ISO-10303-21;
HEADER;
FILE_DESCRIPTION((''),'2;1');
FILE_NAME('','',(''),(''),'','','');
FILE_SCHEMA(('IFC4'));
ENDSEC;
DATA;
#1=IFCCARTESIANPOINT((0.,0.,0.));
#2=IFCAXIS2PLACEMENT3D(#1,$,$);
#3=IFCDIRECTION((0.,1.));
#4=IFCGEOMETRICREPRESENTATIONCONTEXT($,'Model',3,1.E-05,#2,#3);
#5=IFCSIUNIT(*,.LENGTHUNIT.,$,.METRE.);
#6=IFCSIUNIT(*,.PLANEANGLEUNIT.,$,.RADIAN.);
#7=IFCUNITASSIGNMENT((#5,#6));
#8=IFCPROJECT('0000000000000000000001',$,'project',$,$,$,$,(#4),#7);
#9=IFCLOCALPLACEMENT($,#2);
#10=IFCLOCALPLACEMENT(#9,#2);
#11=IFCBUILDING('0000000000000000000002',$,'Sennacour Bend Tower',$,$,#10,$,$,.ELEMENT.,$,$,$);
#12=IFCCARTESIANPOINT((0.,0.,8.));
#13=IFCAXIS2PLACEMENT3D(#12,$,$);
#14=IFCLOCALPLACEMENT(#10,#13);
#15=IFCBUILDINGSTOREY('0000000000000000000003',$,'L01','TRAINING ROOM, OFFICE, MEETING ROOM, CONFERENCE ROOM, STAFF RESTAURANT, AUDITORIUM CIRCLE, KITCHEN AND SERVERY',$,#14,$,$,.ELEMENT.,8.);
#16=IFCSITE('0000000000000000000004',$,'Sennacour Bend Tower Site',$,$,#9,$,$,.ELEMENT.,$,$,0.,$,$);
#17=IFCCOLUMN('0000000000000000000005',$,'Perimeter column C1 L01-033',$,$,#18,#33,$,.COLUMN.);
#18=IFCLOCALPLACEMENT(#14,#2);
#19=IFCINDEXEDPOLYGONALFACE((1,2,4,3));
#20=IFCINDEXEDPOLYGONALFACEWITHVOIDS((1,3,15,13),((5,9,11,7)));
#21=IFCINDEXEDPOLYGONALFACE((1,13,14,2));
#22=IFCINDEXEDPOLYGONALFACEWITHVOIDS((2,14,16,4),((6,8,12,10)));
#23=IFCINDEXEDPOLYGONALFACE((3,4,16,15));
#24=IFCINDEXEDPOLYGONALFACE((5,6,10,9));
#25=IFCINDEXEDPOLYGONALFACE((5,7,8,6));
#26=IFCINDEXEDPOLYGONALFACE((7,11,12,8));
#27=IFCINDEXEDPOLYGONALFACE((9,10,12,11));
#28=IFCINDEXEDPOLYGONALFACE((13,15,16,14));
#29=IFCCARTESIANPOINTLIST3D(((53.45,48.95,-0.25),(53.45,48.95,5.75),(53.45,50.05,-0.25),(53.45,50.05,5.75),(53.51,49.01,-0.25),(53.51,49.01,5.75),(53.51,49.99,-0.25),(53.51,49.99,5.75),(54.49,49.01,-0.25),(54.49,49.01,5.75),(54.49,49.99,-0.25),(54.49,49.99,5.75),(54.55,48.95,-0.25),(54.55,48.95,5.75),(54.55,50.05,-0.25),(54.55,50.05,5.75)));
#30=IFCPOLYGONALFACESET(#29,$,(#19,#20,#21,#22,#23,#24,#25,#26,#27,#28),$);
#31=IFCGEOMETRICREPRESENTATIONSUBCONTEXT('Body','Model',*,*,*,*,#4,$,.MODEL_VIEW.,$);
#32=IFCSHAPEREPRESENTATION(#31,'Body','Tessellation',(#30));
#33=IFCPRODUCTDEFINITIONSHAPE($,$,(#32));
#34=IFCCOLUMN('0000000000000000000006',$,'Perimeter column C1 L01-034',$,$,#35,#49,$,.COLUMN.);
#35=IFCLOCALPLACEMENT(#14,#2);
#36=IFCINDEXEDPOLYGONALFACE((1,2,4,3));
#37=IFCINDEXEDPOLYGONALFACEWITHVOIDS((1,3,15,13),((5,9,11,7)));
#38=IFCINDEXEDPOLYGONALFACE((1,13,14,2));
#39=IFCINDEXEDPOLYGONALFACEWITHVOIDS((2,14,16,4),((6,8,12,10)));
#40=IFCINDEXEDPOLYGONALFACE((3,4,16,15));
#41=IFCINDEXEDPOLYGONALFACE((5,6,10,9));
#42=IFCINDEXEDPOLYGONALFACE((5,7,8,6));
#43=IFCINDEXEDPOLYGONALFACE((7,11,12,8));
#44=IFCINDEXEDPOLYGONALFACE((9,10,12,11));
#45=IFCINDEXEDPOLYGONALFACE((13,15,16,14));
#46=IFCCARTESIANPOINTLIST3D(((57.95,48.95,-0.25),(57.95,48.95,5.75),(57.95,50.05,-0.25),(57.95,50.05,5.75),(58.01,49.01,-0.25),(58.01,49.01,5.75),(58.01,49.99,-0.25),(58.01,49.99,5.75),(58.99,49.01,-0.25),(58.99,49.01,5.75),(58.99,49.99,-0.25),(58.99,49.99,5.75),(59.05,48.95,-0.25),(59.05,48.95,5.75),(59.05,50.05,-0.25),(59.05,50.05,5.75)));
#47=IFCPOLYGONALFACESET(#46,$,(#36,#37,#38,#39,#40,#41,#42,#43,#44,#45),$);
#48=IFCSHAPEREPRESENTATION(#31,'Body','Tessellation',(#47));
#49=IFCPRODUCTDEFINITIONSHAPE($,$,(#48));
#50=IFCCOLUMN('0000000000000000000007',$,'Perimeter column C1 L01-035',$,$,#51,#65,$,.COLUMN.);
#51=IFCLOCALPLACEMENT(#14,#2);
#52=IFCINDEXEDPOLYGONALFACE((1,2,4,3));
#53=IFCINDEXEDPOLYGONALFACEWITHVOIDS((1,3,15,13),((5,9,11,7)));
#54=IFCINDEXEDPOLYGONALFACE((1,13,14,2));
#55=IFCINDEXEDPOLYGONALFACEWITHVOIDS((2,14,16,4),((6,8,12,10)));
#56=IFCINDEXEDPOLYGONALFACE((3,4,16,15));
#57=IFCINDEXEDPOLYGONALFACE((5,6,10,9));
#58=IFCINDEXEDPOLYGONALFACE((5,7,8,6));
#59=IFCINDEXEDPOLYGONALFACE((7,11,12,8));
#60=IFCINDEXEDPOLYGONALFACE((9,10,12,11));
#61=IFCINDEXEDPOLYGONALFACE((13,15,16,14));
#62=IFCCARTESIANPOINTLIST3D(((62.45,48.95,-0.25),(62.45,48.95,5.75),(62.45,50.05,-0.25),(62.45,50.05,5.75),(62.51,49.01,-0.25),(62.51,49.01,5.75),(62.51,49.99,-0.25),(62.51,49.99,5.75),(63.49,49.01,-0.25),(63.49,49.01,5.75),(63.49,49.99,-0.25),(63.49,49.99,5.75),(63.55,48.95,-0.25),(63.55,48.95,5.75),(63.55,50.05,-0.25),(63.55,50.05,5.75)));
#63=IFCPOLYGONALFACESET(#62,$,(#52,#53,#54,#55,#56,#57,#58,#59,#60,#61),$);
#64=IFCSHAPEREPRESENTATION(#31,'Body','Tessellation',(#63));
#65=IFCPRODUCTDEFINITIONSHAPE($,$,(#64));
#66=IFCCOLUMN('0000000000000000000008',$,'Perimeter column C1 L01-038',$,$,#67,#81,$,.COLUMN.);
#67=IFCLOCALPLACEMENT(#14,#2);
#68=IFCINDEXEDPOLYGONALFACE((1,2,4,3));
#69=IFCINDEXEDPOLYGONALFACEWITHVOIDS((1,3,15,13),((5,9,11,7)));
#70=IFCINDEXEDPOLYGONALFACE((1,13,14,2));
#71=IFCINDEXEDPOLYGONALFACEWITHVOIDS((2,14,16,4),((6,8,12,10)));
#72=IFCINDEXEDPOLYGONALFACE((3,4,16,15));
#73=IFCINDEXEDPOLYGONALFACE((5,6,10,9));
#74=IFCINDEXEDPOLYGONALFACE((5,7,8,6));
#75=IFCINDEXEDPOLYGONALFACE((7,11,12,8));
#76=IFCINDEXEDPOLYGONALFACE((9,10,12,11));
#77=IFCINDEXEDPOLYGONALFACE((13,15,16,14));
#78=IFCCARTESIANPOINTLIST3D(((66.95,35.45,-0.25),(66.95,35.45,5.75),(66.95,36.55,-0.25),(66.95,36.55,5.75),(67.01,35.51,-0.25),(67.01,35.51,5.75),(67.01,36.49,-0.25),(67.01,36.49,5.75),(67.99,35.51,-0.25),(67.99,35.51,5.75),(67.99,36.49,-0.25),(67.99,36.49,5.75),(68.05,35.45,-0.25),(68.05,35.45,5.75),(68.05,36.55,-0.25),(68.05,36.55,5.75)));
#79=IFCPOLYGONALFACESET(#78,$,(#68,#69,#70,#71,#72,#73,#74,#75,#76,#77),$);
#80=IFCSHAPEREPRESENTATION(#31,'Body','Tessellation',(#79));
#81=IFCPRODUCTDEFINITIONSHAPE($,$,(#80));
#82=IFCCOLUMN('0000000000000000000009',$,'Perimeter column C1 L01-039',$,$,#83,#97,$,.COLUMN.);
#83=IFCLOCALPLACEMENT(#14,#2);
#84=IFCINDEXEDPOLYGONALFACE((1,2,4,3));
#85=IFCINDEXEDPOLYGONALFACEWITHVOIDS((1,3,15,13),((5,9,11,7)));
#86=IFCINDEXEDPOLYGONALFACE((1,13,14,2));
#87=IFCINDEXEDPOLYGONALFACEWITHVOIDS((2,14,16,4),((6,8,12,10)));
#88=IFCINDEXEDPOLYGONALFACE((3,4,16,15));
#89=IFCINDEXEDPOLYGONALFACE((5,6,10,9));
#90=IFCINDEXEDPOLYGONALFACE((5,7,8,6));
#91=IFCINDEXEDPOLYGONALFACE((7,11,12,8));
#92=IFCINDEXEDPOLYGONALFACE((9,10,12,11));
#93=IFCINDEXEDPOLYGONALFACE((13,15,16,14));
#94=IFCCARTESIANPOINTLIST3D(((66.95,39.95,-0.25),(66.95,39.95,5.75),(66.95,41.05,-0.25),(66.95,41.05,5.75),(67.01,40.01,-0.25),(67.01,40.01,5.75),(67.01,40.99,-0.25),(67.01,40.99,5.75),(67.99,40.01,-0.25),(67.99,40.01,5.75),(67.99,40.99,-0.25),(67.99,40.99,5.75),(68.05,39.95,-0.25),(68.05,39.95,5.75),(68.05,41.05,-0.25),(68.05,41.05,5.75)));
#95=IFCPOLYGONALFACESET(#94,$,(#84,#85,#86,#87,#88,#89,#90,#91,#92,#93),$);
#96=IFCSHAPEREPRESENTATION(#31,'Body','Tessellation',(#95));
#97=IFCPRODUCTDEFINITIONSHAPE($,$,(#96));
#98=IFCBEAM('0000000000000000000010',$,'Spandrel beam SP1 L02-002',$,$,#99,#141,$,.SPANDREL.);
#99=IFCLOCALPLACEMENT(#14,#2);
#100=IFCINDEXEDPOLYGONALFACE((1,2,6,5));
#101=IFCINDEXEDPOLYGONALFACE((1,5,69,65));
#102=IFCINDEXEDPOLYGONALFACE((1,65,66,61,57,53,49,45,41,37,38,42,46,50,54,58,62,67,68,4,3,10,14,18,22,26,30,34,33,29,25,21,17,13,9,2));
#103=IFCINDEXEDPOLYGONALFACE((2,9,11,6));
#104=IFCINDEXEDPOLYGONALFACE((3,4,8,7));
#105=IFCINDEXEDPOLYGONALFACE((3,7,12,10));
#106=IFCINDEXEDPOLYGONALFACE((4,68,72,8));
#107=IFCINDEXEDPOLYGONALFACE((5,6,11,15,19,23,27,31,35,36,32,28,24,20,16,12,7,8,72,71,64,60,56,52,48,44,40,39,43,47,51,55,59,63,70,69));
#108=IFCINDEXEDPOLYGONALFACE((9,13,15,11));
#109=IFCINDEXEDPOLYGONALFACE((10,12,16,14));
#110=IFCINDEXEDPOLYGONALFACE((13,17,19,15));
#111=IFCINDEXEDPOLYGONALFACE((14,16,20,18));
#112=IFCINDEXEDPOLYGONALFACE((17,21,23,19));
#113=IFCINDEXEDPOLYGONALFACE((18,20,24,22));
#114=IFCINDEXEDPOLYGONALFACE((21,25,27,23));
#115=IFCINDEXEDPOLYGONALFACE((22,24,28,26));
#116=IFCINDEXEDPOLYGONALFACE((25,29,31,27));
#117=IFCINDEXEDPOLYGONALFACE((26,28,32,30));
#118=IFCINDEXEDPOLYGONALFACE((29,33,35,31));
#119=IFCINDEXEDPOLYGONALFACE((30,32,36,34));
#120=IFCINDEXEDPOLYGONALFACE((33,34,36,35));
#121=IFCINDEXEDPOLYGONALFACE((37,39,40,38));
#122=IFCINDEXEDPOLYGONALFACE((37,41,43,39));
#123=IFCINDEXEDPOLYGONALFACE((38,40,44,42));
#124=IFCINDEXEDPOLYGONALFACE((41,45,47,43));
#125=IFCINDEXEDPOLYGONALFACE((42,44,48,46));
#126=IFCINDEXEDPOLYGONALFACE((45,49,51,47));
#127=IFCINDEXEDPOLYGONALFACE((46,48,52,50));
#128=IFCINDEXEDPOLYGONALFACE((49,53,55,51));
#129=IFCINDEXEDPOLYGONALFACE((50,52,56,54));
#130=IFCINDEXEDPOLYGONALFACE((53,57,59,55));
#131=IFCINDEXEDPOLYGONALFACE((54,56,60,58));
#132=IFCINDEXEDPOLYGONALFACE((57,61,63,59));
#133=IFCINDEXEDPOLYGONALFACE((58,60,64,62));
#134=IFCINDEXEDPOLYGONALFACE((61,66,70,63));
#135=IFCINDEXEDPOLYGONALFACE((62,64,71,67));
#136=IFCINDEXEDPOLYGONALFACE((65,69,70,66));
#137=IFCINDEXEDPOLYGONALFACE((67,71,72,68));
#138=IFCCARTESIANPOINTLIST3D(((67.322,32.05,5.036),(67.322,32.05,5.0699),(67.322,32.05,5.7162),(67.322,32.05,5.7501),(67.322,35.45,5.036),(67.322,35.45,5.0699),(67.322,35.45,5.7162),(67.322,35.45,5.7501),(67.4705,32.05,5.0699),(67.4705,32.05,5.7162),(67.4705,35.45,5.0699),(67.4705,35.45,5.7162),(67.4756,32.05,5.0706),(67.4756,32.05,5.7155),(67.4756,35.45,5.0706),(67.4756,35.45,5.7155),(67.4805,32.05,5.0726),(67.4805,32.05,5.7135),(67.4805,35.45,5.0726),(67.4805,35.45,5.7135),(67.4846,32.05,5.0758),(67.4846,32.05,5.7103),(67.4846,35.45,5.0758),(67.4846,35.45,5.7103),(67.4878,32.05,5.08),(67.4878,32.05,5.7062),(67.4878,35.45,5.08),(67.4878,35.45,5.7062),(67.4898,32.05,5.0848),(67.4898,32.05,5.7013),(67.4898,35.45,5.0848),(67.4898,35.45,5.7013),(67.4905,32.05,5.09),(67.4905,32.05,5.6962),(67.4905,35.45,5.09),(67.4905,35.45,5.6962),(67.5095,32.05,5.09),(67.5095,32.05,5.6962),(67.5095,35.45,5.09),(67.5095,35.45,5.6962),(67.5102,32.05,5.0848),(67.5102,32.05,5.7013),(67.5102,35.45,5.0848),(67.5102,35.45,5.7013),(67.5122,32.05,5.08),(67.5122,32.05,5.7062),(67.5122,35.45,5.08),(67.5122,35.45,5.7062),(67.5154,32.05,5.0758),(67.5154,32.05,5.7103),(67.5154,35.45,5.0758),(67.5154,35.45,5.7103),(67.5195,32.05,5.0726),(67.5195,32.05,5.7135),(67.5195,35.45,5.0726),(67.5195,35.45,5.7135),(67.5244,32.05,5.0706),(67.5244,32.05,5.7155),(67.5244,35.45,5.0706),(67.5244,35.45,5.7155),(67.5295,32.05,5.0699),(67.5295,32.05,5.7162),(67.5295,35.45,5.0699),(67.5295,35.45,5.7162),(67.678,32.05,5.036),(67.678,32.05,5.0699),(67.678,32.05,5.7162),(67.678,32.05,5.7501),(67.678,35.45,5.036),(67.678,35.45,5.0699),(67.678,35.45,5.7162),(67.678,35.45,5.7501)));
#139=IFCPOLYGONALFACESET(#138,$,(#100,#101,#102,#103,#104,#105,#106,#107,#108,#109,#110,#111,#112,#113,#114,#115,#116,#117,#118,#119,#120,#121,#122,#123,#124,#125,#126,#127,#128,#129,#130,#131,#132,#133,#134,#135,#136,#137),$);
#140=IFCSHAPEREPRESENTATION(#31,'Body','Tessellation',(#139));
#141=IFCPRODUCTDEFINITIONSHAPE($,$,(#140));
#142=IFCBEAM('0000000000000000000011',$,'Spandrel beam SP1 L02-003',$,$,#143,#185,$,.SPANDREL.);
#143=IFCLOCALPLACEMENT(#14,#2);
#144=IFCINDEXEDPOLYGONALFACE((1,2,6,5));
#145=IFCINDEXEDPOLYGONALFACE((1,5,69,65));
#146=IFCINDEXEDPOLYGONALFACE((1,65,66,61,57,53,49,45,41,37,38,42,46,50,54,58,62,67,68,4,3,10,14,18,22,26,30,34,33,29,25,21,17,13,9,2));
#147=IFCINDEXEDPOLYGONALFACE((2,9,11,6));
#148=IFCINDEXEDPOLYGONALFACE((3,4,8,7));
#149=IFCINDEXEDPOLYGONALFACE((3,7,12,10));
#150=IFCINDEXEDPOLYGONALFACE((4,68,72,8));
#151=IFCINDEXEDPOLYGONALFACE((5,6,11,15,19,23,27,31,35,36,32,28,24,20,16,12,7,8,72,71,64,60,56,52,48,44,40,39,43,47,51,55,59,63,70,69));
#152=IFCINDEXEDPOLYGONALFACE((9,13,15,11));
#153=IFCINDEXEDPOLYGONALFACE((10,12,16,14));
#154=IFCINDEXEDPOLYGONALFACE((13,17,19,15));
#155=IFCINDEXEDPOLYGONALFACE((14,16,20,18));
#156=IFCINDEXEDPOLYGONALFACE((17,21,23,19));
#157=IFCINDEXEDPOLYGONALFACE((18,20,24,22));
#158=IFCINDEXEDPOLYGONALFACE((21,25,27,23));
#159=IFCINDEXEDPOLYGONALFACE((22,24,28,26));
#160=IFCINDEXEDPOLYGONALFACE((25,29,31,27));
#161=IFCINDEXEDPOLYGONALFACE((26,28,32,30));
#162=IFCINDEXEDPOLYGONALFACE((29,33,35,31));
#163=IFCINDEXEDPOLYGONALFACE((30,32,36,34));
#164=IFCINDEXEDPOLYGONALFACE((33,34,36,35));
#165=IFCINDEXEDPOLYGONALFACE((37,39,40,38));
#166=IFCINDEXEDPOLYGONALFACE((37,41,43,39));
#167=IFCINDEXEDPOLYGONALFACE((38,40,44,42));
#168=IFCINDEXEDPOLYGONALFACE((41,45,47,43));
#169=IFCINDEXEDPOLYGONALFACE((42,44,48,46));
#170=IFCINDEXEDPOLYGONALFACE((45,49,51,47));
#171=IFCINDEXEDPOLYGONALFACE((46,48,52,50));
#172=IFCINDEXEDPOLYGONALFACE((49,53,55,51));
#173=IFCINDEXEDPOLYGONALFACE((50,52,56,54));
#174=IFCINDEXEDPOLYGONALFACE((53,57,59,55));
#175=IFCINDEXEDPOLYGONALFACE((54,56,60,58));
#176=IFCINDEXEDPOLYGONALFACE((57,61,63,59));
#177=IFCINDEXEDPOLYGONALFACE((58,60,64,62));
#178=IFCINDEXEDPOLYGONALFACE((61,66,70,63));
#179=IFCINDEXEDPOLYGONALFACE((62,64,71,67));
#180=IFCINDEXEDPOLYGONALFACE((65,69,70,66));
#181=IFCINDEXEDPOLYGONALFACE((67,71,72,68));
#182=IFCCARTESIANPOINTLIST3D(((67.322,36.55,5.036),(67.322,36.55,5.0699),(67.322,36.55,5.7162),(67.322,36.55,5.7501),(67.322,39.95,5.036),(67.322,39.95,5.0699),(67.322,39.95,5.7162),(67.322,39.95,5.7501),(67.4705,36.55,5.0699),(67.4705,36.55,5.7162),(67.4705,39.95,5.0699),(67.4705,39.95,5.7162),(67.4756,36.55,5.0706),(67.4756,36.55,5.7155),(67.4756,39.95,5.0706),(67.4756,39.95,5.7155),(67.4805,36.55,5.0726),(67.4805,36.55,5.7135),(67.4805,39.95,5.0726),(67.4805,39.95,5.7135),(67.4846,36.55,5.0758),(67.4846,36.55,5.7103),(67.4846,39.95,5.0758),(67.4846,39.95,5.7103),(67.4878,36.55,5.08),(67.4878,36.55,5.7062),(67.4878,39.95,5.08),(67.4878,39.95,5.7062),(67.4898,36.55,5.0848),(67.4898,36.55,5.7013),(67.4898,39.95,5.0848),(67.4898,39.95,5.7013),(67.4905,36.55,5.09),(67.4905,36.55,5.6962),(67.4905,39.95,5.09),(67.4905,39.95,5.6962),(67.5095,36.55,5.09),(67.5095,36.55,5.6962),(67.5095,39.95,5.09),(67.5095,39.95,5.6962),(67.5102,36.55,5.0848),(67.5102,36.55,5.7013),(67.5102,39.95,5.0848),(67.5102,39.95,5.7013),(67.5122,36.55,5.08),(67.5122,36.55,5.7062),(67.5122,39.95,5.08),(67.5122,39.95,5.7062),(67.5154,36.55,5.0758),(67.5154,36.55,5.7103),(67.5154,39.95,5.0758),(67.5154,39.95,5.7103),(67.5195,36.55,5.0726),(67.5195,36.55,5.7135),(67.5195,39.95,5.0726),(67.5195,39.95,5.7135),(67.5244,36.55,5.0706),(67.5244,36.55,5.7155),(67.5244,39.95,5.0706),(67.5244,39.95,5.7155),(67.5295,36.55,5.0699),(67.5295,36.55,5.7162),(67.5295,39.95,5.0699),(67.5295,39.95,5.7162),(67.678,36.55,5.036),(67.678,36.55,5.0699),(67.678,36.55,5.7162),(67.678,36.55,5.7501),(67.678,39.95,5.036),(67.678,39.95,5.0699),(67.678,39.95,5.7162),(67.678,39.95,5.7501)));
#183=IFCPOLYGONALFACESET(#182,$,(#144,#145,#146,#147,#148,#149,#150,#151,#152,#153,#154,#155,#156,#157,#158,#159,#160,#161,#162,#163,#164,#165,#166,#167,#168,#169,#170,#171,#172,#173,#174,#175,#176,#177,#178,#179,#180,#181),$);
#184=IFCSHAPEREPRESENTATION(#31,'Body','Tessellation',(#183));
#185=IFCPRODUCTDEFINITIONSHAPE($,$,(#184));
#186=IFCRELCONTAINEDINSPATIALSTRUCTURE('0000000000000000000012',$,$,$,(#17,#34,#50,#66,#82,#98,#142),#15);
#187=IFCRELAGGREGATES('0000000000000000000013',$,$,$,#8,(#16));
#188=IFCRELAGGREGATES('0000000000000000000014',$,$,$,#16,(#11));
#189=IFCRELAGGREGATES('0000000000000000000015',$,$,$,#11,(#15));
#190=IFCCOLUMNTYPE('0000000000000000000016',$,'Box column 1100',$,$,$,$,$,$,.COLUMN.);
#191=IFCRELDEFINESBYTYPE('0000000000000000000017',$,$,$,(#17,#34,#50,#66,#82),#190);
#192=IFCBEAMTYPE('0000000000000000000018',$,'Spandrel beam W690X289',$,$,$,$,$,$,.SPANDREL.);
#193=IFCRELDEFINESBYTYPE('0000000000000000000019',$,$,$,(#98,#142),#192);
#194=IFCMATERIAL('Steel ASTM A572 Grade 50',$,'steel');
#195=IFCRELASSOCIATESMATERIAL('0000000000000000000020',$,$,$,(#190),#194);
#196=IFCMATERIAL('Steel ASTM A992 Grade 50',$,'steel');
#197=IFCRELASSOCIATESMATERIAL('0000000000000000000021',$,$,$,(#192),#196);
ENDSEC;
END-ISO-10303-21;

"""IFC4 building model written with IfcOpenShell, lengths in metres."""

from ifc_helpers import new_model, si_unit, direction, frame, origin, origin_2d, place, context, subcontext, project, spatial, hollow_rectangle, i_section, extrude, material, material_profile, profile_set, type_object, element, save


model = new_model("IFC4")

# Units and contexts
model_context = context("Model", 3, precision=1e-05, world=origin(), true_north=direction((0.0, 1.0)))
body_context = subcontext(model_context, "Body", "Model", "MODEL_VIEW")
ifc_project = project(units=[si_unit("LENGTHUNIT", "METRE"), si_unit("PLANEANGLEUNIT", "RADIAN")], contexts=[model_context])

# Site, building, storey
site_placement = place(None, origin())
site = spatial("IfcSite", under=ifc_project, at=site_placement, Name="Sennacour Bend Tower Site", CompositionType="ELEMENT", RefElevation=0.0)
building_placement = place(site_placement, origin())
building = spatial("IfcBuilding", under=site, at=building_placement, Name="Sennacour Bend Tower", CompositionType="ELEMENT")
storey_placement = place(building_placement, frame((0.0, 0.0, 8.0)))
storey = spatial("IfcBuildingStorey", under=building, at=storey_placement, Name="L01", Description="TRAINING ROOM, OFFICE, MEETING ROOM, CONFERENCE ROOM, STAFF RESTAURANT, AUDITORIUM CIRCLE, KITCHEN AND SERVERY", CompositionType="ELEMENT", Elevation=8.0)

# Columns
ifc_material_1 = material(Name="Steel ASTM A572 Grade 50", Category="steel")
ifc_material_profile_1 = material_profile(ifc_material_1, hollow_rectangle(XDim=1.1001, YDim=1.1001, WallThickness=0.0601, at=origin_2d()), Name="Steel ASTM A572 Grade 50", Category="steel")
ifc_profile_set_1 = profile_set([ifc_material_profile_1], Name="Steel ASTM A572 Grade 50")
column_type = type_object("IfcColumnType", Name="Box column 1100", PredefinedType="COLUMN", material=ifc_profile_set_1)
for number, where, z_axis, x_axis, name in (
    (1, (54.0, 49.5, -0.25), (0.0, 0.0, 1.0), (1.0, 0.0, 0.0), "Perimeter column C1 L01-033"),
    (2, (58.5, 49.5, -0.25), (0.0, 0.0, 1.0), (1.0, 0.0, 0.0), "Perimeter column C1 L01-034"),
    (3, (63.0, 49.5, -0.25), (0.0, 0.0, 1.0), (1.0, 0.0, 0.0), "Perimeter column C1 L01-035"),
    (4, (67.5, 36.0, -0.25), (0.0, 0.0, 1.0), (1.0, 0.0, 0.0), "Perimeter column C1 L01-038"),
    (5, (67.5, 40.5, -0.25), (0.0, 0.0, 1.0), (1.0, 0.0, 0.0), "Perimeter column C1 L01-039"),
):
    element("IfcColumn", number, at=place(storey_placement, frame(where, z_axis=z_axis, x_axis=x_axis)), inside=storey, type_object=column_type, Name=name, PredefinedType="COLUMN", context=body_context, shape_type="SweptSolid", body=[
        extrude(hollow_rectangle(XDim=1.1001, YDim=1.1001, WallThickness=0.0601, at=origin_2d()), origin(), (0.0, 0.0, 1.0), 6.0),
    ])

# Beams
ifc_material_2 = material(Name="Steel ASTM A992 Grade 50", Category="steel")
ifc_material_profile_2 = material_profile(ifc_material_2, i_section(OverallWidth=0.356, OverallDepth=0.7141, WebThickness=0.019, FlangeThickness=0.0339, FilletRadius=0.02, at=origin_2d()), Name="Steel ASTM A992 Grade 50", Category="steel")
ifc_profile_set_2 = profile_set([ifc_material_profile_2], Name="Steel ASTM A992 Grade 50")
beam_type = type_object("IfcBeamType", Name="Spandrel beam W690X289", PredefinedType="SPANDREL", material=ifc_profile_set_2)
for number, where, z_axis, x_axis, name in (
    (6, (67.5, 32.05, 5.3931), (0.0, 1.0, 0.0), (-1.0, 0.0, 0.0), "Spandrel beam SP1 L02-002"),
    (7, (67.5, 36.55, 5.3931), (0.0, 1.0, 0.0), (-1.0, 0.0, 0.0), "Spandrel beam SP1 L02-003"),
):
    element("IfcBeam", number, at=place(storey_placement, frame(where, z_axis=z_axis, x_axis=x_axis)), inside=storey, type_object=beam_type, Name=name, PredefinedType="SPANDREL", context=body_context, shape_type="SweptSolid", body=[
        extrude(i_section(OverallWidth=0.356, OverallDepth=0.7141, WebThickness=0.019, FlangeThickness=0.0339, FilletRadius=0.02, at=origin_2d()), origin(), (0.0, 0.0, 1.0), 3.3999),
    ])

save(model, "model.ifc")
